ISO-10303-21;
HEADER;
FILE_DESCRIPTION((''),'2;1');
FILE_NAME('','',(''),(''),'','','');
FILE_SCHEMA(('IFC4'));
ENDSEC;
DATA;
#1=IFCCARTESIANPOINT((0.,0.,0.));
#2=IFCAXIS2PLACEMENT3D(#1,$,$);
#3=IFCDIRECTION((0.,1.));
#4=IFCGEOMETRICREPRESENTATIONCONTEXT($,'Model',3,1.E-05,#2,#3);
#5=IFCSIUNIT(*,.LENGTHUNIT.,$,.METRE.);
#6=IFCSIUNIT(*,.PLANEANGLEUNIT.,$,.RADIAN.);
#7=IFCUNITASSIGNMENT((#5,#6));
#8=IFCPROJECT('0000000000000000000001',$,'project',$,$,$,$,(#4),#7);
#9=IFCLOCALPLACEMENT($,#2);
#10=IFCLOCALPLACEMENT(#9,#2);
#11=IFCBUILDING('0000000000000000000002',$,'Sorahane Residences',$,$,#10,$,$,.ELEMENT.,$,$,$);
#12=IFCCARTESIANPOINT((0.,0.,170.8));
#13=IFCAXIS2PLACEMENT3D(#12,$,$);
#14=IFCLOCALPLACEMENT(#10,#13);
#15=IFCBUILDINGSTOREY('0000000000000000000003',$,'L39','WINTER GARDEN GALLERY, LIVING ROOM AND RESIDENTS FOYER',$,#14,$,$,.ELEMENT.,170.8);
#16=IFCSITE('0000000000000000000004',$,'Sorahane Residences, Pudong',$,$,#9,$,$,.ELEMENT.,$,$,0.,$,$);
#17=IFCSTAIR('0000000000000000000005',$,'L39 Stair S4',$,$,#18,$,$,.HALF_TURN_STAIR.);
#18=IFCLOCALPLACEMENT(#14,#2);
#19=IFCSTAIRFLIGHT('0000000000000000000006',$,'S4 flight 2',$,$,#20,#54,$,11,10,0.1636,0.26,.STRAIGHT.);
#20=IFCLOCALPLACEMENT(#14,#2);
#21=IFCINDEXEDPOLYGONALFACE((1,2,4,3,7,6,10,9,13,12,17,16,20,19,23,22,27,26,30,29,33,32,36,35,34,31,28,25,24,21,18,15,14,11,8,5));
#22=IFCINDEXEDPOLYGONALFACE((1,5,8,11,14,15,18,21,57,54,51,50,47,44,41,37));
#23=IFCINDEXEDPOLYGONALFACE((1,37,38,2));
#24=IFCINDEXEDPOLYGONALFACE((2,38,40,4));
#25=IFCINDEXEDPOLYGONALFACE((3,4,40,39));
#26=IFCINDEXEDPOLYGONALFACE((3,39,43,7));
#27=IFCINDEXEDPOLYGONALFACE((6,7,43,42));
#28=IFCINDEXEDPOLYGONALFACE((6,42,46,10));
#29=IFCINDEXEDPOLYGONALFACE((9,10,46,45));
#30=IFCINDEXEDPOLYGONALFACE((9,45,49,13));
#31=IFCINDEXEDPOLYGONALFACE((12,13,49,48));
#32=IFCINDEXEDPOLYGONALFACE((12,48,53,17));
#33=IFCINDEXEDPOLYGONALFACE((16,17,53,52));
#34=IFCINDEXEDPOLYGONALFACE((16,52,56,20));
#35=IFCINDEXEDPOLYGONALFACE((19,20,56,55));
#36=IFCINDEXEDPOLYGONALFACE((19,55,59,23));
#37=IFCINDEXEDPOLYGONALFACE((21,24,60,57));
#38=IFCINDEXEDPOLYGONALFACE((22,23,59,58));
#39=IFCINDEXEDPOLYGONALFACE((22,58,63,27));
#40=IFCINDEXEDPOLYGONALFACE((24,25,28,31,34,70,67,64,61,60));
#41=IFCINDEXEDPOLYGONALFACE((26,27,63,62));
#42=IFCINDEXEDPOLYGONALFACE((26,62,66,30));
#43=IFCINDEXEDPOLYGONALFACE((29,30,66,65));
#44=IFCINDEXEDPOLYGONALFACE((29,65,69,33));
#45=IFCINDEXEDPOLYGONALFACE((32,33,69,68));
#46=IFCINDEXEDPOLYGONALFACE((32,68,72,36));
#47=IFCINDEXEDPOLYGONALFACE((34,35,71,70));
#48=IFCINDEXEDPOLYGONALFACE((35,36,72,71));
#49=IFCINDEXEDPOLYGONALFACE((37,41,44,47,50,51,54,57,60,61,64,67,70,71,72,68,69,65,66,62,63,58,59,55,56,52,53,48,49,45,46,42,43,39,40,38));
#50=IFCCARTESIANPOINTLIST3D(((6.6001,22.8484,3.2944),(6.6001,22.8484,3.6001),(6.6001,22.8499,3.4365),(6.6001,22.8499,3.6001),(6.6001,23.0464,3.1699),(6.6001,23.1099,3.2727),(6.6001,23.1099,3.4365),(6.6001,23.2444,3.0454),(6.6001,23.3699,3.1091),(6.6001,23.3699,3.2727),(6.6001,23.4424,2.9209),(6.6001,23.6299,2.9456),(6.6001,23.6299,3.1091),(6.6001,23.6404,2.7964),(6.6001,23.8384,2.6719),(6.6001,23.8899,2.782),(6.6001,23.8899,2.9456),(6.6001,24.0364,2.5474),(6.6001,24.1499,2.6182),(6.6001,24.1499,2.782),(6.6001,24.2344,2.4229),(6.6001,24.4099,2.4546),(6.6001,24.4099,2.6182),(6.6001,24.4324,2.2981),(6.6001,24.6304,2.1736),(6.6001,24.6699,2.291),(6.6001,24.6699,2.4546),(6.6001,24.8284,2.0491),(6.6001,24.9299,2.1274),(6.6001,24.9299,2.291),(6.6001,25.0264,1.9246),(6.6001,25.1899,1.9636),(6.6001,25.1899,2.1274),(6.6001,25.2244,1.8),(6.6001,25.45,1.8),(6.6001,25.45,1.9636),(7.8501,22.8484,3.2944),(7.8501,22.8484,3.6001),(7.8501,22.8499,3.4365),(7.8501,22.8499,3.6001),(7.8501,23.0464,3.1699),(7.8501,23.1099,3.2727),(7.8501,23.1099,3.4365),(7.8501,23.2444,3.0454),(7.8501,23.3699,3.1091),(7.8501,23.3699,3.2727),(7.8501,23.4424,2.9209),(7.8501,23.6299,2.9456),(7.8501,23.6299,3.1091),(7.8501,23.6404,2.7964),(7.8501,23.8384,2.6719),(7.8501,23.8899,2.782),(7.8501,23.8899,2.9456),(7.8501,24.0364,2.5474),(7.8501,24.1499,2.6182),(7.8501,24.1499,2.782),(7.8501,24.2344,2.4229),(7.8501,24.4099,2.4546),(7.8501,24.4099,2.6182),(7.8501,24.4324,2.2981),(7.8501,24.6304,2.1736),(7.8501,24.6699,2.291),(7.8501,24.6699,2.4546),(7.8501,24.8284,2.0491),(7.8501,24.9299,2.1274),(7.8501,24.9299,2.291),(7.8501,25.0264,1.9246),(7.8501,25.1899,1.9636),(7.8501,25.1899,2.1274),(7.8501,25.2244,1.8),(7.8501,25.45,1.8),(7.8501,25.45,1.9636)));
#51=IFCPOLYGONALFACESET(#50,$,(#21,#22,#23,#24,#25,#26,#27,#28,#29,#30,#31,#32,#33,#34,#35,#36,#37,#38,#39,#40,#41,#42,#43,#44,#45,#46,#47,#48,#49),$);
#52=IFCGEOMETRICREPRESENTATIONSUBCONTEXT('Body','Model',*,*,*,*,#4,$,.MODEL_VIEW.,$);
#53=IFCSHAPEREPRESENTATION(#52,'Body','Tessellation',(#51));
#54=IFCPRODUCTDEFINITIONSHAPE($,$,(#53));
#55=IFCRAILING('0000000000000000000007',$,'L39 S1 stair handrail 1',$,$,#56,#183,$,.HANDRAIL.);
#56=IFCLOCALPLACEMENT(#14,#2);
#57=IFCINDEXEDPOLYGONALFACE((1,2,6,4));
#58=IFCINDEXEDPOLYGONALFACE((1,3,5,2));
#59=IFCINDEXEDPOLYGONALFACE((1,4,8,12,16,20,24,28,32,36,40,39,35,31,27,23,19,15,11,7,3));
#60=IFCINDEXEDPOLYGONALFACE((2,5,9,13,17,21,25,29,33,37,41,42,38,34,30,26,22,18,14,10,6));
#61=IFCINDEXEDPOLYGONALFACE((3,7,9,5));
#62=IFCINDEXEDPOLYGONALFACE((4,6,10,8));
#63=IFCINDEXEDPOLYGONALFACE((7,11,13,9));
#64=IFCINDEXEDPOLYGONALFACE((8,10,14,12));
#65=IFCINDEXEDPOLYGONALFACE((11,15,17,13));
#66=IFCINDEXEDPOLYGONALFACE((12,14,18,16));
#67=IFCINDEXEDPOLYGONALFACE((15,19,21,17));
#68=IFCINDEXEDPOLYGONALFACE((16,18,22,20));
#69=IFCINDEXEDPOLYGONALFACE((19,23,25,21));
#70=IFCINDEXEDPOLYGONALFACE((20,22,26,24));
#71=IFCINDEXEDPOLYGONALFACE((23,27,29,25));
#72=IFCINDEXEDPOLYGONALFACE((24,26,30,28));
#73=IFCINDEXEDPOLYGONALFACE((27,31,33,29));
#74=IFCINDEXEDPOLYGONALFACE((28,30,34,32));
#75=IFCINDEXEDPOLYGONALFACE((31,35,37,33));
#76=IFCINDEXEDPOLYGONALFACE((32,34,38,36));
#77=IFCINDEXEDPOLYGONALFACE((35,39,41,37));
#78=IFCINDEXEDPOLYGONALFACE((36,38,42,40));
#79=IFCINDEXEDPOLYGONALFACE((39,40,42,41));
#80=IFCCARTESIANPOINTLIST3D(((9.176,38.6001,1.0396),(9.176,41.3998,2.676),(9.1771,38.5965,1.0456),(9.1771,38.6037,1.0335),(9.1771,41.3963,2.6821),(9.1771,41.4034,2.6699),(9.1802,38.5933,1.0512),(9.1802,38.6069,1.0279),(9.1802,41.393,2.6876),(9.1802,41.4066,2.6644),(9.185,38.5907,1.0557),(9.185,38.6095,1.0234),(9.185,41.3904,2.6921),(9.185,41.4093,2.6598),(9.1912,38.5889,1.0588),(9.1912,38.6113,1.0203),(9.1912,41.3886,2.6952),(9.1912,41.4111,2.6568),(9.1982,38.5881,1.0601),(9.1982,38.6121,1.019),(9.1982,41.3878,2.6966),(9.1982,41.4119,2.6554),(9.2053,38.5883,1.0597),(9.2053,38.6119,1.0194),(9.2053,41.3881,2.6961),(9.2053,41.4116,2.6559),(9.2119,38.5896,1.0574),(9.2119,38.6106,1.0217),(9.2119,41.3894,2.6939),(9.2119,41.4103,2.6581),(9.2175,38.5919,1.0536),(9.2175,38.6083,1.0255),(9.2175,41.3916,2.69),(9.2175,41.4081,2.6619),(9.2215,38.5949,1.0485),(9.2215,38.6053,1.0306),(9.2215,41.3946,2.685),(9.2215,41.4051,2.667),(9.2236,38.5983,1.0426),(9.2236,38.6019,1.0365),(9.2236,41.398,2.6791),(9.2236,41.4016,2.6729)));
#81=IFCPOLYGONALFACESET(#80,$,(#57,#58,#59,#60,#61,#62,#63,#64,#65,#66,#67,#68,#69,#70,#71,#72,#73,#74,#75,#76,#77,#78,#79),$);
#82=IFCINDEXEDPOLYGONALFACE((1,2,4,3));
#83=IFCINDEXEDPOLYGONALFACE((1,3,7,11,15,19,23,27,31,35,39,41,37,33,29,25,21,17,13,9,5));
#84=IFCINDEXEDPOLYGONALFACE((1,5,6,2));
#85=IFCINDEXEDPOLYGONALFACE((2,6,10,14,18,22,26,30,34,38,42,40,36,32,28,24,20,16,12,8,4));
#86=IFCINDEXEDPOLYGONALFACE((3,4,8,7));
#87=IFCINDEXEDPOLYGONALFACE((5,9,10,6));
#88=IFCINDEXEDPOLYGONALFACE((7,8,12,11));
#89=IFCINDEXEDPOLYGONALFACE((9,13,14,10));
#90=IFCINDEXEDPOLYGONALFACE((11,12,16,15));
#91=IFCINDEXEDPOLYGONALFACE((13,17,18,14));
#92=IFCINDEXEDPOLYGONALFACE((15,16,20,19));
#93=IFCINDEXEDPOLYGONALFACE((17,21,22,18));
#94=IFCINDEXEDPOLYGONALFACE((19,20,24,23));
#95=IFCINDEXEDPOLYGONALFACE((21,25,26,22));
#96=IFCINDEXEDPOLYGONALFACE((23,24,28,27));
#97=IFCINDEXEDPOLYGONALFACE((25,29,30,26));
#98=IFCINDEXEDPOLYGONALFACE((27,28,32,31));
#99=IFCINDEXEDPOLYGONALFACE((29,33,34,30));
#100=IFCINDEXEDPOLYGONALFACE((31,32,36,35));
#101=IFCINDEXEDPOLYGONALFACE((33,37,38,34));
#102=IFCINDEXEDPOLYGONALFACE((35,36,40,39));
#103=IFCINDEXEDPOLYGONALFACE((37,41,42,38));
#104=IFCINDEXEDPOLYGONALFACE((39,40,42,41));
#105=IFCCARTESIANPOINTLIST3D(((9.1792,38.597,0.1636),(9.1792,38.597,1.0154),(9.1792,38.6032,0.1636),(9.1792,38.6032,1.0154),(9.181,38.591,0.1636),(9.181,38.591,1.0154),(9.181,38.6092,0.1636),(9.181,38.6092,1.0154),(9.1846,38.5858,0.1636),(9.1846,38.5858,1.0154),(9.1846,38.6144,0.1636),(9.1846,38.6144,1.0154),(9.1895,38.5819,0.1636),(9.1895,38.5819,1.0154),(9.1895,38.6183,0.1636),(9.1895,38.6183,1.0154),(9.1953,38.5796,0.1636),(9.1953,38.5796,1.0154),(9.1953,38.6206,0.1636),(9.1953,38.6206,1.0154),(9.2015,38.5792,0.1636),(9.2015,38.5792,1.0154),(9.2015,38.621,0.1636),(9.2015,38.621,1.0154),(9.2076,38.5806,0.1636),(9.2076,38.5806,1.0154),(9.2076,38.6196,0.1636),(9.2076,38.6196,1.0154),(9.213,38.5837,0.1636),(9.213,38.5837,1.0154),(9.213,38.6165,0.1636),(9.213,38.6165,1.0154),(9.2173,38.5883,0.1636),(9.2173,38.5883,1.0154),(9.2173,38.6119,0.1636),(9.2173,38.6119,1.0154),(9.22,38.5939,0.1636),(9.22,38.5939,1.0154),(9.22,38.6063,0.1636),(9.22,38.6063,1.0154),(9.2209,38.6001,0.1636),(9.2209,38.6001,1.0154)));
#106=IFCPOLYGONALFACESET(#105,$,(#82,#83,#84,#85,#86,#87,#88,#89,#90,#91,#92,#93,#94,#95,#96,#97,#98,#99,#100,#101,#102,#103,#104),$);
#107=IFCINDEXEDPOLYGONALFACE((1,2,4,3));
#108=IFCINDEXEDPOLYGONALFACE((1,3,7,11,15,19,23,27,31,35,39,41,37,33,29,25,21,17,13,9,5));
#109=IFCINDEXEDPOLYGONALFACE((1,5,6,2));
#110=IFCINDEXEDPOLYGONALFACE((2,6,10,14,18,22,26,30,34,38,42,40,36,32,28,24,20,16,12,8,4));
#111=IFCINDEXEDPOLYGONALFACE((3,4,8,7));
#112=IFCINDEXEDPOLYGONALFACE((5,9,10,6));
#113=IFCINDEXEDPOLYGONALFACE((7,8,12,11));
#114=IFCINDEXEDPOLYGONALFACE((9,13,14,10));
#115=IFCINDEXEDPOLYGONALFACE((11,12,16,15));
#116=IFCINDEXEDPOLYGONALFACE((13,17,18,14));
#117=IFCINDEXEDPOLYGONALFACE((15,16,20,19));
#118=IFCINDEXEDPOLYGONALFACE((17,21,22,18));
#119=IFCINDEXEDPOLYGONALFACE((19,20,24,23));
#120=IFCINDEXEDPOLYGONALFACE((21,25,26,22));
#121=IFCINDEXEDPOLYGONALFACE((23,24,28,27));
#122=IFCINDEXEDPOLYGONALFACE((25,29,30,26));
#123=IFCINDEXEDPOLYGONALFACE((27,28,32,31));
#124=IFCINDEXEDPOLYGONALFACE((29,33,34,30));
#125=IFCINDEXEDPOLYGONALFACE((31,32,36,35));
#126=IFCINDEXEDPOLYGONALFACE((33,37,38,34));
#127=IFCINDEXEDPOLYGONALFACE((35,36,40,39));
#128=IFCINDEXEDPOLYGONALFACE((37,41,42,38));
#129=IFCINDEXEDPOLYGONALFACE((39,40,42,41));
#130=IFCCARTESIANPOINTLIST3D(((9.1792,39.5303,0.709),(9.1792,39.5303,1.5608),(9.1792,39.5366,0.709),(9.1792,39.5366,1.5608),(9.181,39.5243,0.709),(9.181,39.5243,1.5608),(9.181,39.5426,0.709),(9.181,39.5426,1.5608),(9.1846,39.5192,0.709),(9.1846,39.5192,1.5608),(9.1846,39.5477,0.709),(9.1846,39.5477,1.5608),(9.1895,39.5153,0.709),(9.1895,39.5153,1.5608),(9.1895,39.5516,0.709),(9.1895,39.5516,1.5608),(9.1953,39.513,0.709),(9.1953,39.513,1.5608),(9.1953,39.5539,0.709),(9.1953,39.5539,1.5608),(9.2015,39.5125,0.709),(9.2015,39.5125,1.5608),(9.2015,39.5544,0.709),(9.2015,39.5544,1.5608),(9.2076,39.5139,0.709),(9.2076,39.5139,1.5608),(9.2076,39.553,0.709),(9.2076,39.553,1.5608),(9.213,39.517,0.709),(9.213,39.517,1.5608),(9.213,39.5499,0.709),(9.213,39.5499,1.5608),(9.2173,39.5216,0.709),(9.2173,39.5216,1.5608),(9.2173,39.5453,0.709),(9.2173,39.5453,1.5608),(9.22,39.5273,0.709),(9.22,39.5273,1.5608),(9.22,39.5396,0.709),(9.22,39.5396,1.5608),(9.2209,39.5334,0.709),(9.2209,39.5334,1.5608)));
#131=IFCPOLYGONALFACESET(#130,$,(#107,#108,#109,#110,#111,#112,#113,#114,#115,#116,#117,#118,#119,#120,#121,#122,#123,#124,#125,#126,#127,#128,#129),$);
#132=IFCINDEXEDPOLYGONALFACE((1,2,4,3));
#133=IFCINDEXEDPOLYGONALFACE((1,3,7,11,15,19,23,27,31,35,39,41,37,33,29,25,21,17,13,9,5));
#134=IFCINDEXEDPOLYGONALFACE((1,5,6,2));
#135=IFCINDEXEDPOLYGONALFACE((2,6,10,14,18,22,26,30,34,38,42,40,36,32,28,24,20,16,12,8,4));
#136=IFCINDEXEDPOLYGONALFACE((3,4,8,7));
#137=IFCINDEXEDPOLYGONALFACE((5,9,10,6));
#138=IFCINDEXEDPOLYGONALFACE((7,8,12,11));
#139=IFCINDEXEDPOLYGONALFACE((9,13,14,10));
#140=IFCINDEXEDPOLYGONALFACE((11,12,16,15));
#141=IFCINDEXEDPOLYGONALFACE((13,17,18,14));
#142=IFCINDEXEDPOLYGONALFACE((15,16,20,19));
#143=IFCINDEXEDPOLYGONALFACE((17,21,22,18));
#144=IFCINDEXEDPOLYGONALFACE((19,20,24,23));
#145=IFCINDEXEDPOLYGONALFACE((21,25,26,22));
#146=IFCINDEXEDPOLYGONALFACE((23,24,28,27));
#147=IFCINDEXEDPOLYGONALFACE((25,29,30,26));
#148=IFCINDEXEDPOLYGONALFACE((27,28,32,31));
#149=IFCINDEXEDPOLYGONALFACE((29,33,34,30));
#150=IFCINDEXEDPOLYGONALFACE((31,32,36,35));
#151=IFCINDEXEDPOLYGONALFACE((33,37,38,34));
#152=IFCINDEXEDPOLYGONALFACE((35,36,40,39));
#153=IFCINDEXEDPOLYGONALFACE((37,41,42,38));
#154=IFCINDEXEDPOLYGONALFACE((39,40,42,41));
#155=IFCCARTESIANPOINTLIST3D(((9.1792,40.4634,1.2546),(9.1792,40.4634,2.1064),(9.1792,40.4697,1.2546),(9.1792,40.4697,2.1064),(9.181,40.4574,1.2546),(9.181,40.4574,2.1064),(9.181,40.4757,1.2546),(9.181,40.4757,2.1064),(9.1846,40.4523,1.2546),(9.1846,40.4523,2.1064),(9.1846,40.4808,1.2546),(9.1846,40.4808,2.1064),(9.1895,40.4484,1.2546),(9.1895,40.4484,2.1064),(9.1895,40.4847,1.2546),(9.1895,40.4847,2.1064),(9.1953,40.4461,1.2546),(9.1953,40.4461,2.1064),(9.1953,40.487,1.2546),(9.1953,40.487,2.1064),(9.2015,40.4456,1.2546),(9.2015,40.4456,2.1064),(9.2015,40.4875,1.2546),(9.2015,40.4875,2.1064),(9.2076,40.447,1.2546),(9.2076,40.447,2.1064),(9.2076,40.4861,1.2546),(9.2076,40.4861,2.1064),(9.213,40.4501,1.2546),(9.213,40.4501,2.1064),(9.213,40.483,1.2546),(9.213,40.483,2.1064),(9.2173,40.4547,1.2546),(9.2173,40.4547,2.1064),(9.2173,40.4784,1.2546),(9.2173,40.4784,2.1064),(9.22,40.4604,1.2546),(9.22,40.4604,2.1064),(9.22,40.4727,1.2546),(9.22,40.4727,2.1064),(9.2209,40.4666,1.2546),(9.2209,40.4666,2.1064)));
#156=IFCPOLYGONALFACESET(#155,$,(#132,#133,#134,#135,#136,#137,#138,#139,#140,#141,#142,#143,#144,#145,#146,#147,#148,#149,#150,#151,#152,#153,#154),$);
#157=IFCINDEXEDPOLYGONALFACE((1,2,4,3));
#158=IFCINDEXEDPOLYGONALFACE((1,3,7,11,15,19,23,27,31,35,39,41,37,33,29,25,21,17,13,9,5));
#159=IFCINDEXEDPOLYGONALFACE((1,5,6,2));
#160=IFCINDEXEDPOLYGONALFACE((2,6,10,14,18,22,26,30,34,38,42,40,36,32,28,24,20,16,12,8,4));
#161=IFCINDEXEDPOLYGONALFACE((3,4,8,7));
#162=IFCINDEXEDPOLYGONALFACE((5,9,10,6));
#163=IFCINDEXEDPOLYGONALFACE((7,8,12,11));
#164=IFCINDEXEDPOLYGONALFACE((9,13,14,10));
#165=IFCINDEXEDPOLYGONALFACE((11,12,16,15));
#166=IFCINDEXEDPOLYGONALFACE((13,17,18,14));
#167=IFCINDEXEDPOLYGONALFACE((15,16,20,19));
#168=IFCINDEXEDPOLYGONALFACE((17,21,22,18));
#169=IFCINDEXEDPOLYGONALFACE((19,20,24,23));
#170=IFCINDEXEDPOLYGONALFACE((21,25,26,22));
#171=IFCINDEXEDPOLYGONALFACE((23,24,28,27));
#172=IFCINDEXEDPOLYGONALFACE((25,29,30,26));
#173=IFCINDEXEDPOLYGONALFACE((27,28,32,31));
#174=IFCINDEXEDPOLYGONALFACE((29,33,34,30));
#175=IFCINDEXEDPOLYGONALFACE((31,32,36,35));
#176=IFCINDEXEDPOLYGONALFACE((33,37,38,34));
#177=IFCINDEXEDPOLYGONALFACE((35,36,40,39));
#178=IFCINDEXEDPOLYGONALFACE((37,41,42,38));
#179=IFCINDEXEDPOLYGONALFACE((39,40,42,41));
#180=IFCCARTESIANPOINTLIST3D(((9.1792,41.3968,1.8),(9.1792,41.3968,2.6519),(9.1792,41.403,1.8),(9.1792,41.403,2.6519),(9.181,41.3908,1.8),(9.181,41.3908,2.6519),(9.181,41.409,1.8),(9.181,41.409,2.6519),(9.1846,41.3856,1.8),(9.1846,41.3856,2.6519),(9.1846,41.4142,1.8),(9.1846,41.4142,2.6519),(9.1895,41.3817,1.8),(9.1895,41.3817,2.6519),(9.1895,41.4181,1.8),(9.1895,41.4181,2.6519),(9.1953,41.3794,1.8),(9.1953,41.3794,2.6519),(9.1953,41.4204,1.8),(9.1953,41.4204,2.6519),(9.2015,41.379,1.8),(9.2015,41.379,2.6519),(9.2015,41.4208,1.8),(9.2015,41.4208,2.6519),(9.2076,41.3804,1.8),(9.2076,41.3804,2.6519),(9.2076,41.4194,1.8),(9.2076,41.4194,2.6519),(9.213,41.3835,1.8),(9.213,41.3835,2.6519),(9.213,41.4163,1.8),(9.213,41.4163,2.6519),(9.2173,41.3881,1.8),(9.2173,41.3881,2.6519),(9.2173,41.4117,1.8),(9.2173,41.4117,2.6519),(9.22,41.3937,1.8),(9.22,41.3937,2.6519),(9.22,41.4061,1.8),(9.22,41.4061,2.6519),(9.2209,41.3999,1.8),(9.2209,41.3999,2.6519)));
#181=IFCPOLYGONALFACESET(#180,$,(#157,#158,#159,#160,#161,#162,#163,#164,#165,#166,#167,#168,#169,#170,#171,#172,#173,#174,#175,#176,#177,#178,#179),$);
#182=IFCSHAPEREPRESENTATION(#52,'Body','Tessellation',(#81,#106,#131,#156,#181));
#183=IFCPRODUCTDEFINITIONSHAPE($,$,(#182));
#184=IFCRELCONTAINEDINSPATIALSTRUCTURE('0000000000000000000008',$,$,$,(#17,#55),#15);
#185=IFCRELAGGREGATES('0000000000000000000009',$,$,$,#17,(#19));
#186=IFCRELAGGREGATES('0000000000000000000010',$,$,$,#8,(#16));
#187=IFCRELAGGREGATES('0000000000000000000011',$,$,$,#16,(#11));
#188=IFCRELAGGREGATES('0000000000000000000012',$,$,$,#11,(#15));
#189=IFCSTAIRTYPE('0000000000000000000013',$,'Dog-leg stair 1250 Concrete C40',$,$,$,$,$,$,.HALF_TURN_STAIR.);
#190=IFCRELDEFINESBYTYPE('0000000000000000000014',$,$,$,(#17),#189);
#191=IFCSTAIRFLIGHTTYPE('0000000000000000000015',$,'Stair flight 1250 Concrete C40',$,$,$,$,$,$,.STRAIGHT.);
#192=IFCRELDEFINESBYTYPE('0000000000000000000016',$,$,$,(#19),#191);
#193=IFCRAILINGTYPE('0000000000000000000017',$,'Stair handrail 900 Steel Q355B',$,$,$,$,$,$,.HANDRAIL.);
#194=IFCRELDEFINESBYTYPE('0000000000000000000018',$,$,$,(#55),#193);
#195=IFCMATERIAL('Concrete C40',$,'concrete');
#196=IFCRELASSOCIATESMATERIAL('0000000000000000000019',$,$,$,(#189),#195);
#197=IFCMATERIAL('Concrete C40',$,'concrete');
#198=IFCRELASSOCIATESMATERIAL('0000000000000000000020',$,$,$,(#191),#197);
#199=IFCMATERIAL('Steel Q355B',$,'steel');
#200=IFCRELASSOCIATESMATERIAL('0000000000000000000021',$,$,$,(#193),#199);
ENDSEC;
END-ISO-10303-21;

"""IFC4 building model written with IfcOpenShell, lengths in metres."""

from ifc_helpers import new_model, si_unit, direction, frame, origin, origin_2d, place, context, subcontext, project, spatial, polyline, circle, outline, extrude, material, type_object, element, aggregate, save


model = new_model("IFC4")

# Units and contexts
model_context = context("Model", 3, precision=1e-05, world=origin(), true_north=direction((0.0, 1.0)))
body_context = subcontext(model_context, "Body", "Model", "MODEL_VIEW")
ifc_project = project(units=[si_unit("LENGTHUNIT", "METRE"), si_unit("PLANEANGLEUNIT", "RADIAN")], contexts=[model_context])

# Site, building, storey
site_placement = place(None, origin())
site = spatial("IfcSite", under=ifc_project, at=site_placement, Name="Sorahane Residences, Pudong", CompositionType="ELEMENT", RefElevation=0.0)
building_placement = place(site_placement, origin())
building = spatial("IfcBuilding", under=site, at=building_placement, Name="Sorahane Residences", CompositionType="ELEMENT")
storey_placement = place(building_placement, frame((0.0, 0.0, 170.8)))
storey = spatial("IfcBuildingStorey", under=building, at=storey_placement, Name="L39", Description="WINTER GARDEN GALLERY, LIVING ROOM AND RESIDENTS FOYER", CompositionType="ELEMENT", Elevation=170.8)

# Stair, stair flight
ifc_material_1 = material(Name="Concrete C40", Category="concrete")
stair_type = type_object("IfcStairType", Name="Dog-leg stair 1250 Concrete C40", PredefinedType="HALF_TURN_STAIR", material=ifc_material_1)
ifc_material_2 = material(Name="Concrete C40", Category="concrete")
stair_flight_type = type_object("IfcStairFlightType", Name="Stair flight 1250 Concrete C40", PredefinedType="STRAIGHT", material=ifc_material_2)
stair_1_placement = place(storey_placement, origin())
stair_1 = element("IfcStair", 1, at=stair_1_placement, inside=storey, type_object=stair_type, Name="L39 Stair S4", PredefinedType="HALF_TURN_STAIR")
stair_flight_1_placement = place(storey_placement, frame((7.2251, 25.45, 1.8), z_axis=(0.0, 0.0, 1.0), x_axis=(0.0, -1.0, 0.0)))
stair_flight_1 = element("IfcStairFlight", 2, at=stair_flight_1_placement, type_object=stair_flight_type, Name="S4 flight 2", NumberOfRisers=11, NumberOfTreads=10, PredefinedType="STRAIGHT", RiserHeight=0.1636, TreadLength=0.26, context=body_context, shape_type="SweptSolid", body=[
    extrude(outline(polyline([(0.0, 0.0), (0.0, 0.1636), (0.26, 0.1636), (0.26, 0.3274), (0.52, 0.3274), (0.52, 0.491), (0.78, 0.491), (0.78, 0.6545), (1.04, 0.6545), (1.04, 0.8181), (1.3, 0.8181), (1.3, 0.9819), (1.5601, 0.9819), (1.5601, 1.1455), (1.8201, 1.1455), (1.8201, 1.3091), (2.0801, 1.3091), (2.0801, 1.4727), (2.3401, 1.4727), (2.3401, 1.6365), (2.6001, 1.6365), (2.6001, 1.8), (2.6016, 1.8), (2.6016, 1.4944), (2.4036, 1.3699), (2.2056, 1.2454), (2.0076, 1.1208), (1.8096, 0.9963), (1.6116, 0.8718), (1.4136, 0.7473), (1.2156, 0.6228), (1.0176, 0.498), (0.8196, 0.3735), (0.6216, 0.249), (0.4236, 0.1245), (0.2256, 0.0), (0.0, 0.0)])), frame((0.0, 0.625, 0.0), z_axis=(0.0, -1.0, 0.0), x_axis=(1.0, 0.0, 0.0)), (0.0, 0.0, 1.0), 1.25),
])
aggregate(stair_1, [stair_flight_1])

# Railing
ifc_material_3 = material(Name="Steel Q355B", Category="steel")
railing_type_1 = type_object("IfcRailingType", Name="Stair handrail 900 Steel Q355B", PredefinedType="HANDRAIL", material=ifc_material_3)
for number, where, name in (
    (3, (9.2, 38.6001, 0.1636), "L39 S1 stair handrail 1"),
):
    element("IfcRailing", number, at=place(storey_placement, frame(where)), inside=storey, type_object=railing_type_1, Name=name, PredefinedType="HANDRAIL", context=body_context, shape_type="SweptSolid", body=[
        extrude(circle(Radius=0.0239, at=origin_2d()), frame((0.0, 0.0, 0.876), z_axis=(0.0, 0.863342, 0.50462), x_axis=(-1.0, 0.0, 0.0)), (0.0, 0.0, 1.0), 3.2429),
        extrude(circle(Radius=0.021, at=origin_2d()), origin(), (0.0, 0.0, 1.0), 0.8518),
        extrude(circle(Radius=0.021, at=origin_2d()), frame((0.0, 0.9333, 0.5454)), (0.0, 0.0, 1.0), 0.8518),
        extrude(circle(Radius=0.021, at=origin_2d()), frame((0.0, 1.8665, 1.0911)), (0.0, 0.0, 1.0), 0.8518),
        extrude(circle(Radius=0.021, at=origin_2d()), frame((0.0, 2.7998, 1.6365)), (0.0, 0.0, 1.0), 0.8518),
    ])

save(model, "model.ifc")
